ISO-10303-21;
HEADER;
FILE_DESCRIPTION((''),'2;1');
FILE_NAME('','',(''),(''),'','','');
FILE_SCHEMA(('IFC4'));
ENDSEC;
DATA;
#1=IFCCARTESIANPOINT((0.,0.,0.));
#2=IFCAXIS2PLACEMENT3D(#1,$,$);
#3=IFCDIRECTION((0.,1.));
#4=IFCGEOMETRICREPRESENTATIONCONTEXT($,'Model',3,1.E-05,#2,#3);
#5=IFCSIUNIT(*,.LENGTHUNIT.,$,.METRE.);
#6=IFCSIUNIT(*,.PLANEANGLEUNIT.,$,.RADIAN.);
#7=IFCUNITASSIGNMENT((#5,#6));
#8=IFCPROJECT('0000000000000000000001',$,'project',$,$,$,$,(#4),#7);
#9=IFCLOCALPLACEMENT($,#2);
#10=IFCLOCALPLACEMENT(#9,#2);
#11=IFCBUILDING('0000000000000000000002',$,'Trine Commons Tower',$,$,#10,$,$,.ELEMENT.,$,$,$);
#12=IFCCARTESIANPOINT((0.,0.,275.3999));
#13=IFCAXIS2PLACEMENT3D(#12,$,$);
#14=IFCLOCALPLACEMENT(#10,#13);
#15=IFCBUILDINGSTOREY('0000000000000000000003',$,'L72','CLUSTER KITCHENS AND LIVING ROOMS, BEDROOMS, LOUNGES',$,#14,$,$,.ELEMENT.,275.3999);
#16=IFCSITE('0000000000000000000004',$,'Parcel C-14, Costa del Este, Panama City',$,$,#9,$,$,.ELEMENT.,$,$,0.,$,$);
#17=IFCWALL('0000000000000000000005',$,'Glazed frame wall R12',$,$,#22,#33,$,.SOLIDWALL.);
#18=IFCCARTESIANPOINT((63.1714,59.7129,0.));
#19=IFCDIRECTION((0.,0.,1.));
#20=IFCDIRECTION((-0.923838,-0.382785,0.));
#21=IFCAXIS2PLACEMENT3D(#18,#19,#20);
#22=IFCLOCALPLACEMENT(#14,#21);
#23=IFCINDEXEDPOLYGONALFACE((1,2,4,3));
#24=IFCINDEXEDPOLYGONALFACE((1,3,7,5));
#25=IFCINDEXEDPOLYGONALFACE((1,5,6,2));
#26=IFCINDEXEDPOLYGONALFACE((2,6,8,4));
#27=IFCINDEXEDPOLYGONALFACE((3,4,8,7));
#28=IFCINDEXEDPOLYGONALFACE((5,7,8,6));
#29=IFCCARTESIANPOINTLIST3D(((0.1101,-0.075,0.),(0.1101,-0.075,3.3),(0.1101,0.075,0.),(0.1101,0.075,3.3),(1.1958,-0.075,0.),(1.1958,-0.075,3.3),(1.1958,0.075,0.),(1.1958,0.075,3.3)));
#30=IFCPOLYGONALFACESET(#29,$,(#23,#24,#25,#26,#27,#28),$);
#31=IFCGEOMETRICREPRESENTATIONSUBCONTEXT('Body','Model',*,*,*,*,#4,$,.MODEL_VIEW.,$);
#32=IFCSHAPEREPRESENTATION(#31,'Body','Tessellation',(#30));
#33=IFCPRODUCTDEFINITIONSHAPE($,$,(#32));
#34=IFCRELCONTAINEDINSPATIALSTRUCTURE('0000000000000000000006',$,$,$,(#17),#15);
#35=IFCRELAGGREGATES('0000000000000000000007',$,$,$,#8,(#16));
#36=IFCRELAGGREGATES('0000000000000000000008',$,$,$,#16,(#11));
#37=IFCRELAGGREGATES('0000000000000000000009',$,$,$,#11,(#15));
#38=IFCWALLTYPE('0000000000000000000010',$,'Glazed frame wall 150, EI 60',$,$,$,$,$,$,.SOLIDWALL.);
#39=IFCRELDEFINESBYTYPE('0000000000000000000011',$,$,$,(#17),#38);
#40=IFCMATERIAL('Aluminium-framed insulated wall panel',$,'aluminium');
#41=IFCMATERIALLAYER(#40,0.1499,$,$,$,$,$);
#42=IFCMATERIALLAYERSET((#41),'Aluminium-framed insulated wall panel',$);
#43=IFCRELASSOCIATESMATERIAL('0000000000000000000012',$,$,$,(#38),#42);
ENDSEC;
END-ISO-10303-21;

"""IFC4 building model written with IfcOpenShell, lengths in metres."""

from ifc_helpers import new_model, si_unit, direction, frame, origin, place, context, subcontext, project, spatial, polyline, outline, extrude, material, layer, layer_set, type_object, element, save


model = new_model("IFC4")

# Units and contexts
model_context = context("Model", 3, precision=1e-05, world=origin(), true_north=direction((0.0, 1.0)))
body_context = subcontext(model_context, "Body", "Model", "MODEL_VIEW")
ifc_project = project(units=[si_unit("LENGTHUNIT", "METRE"), si_unit("PLANEANGLEUNIT", "RADIAN")], contexts=[model_context])

# Site, building, storey
site_placement = place(None, origin())
site = spatial("IfcSite", under=ifc_project, at=site_placement, Name="Parcel C-14, Costa del Este, Panama City", CompositionType="ELEMENT", RefElevation=0.0)
building_placement = place(site_placement, origin())
building = spatial("IfcBuilding", under=site, at=building_placement, Name="Trine Commons Tower", CompositionType="ELEMENT")
storey_placement = place(building_placement, frame((0.0, 0.0, 275.3999)))
storey = spatial("IfcBuildingStorey", under=building, at=storey_placement, Name="L72", Description="CLUSTER KITCHENS AND LIVING ROOMS, BEDROOMS, LOUNGES", CompositionType="ELEMENT", Elevation=275.3999)

# Shared definitions
ifc_material_1 = material(Name="Aluminium-framed insulated wall panel", Category="aluminium")
ifc_layer_1 = layer(ifc_material_1, 0.1499)
ifc_layer_set_1 = layer_set([ifc_layer_1], Name="Aluminium-framed insulated wall panel")
wall_type_1 = type_object("IfcWallType", Name="Glazed frame wall 150, EI 60", PredefinedType="SOLIDWALL", material=ifc_layer_set_1)

# Wall
wall_1_placement = place(storey_placement, frame((63.1714, 59.7129, 0.0), z_axis=(0.0, 0.0, 1.0), x_axis=(-0.923838, -0.382785, 0.0)))
element("IfcWall", 1, at=wall_1_placement, inside=storey, type_object=wall_type_1, Name="Glazed frame wall R12", PredefinedType="SOLIDWALL", context=body_context, shape_type="SweptSolid", body=[
    extrude(outline(polyline([(0.1101, 0.075), (0.1101, -0.075), (1.1958, -0.075), (1.1958, 0.075), (0.1101, 0.075)])), origin(), (0.0, 0.0, 1.0), 3.3),
])

save(model, "model.ifc")
